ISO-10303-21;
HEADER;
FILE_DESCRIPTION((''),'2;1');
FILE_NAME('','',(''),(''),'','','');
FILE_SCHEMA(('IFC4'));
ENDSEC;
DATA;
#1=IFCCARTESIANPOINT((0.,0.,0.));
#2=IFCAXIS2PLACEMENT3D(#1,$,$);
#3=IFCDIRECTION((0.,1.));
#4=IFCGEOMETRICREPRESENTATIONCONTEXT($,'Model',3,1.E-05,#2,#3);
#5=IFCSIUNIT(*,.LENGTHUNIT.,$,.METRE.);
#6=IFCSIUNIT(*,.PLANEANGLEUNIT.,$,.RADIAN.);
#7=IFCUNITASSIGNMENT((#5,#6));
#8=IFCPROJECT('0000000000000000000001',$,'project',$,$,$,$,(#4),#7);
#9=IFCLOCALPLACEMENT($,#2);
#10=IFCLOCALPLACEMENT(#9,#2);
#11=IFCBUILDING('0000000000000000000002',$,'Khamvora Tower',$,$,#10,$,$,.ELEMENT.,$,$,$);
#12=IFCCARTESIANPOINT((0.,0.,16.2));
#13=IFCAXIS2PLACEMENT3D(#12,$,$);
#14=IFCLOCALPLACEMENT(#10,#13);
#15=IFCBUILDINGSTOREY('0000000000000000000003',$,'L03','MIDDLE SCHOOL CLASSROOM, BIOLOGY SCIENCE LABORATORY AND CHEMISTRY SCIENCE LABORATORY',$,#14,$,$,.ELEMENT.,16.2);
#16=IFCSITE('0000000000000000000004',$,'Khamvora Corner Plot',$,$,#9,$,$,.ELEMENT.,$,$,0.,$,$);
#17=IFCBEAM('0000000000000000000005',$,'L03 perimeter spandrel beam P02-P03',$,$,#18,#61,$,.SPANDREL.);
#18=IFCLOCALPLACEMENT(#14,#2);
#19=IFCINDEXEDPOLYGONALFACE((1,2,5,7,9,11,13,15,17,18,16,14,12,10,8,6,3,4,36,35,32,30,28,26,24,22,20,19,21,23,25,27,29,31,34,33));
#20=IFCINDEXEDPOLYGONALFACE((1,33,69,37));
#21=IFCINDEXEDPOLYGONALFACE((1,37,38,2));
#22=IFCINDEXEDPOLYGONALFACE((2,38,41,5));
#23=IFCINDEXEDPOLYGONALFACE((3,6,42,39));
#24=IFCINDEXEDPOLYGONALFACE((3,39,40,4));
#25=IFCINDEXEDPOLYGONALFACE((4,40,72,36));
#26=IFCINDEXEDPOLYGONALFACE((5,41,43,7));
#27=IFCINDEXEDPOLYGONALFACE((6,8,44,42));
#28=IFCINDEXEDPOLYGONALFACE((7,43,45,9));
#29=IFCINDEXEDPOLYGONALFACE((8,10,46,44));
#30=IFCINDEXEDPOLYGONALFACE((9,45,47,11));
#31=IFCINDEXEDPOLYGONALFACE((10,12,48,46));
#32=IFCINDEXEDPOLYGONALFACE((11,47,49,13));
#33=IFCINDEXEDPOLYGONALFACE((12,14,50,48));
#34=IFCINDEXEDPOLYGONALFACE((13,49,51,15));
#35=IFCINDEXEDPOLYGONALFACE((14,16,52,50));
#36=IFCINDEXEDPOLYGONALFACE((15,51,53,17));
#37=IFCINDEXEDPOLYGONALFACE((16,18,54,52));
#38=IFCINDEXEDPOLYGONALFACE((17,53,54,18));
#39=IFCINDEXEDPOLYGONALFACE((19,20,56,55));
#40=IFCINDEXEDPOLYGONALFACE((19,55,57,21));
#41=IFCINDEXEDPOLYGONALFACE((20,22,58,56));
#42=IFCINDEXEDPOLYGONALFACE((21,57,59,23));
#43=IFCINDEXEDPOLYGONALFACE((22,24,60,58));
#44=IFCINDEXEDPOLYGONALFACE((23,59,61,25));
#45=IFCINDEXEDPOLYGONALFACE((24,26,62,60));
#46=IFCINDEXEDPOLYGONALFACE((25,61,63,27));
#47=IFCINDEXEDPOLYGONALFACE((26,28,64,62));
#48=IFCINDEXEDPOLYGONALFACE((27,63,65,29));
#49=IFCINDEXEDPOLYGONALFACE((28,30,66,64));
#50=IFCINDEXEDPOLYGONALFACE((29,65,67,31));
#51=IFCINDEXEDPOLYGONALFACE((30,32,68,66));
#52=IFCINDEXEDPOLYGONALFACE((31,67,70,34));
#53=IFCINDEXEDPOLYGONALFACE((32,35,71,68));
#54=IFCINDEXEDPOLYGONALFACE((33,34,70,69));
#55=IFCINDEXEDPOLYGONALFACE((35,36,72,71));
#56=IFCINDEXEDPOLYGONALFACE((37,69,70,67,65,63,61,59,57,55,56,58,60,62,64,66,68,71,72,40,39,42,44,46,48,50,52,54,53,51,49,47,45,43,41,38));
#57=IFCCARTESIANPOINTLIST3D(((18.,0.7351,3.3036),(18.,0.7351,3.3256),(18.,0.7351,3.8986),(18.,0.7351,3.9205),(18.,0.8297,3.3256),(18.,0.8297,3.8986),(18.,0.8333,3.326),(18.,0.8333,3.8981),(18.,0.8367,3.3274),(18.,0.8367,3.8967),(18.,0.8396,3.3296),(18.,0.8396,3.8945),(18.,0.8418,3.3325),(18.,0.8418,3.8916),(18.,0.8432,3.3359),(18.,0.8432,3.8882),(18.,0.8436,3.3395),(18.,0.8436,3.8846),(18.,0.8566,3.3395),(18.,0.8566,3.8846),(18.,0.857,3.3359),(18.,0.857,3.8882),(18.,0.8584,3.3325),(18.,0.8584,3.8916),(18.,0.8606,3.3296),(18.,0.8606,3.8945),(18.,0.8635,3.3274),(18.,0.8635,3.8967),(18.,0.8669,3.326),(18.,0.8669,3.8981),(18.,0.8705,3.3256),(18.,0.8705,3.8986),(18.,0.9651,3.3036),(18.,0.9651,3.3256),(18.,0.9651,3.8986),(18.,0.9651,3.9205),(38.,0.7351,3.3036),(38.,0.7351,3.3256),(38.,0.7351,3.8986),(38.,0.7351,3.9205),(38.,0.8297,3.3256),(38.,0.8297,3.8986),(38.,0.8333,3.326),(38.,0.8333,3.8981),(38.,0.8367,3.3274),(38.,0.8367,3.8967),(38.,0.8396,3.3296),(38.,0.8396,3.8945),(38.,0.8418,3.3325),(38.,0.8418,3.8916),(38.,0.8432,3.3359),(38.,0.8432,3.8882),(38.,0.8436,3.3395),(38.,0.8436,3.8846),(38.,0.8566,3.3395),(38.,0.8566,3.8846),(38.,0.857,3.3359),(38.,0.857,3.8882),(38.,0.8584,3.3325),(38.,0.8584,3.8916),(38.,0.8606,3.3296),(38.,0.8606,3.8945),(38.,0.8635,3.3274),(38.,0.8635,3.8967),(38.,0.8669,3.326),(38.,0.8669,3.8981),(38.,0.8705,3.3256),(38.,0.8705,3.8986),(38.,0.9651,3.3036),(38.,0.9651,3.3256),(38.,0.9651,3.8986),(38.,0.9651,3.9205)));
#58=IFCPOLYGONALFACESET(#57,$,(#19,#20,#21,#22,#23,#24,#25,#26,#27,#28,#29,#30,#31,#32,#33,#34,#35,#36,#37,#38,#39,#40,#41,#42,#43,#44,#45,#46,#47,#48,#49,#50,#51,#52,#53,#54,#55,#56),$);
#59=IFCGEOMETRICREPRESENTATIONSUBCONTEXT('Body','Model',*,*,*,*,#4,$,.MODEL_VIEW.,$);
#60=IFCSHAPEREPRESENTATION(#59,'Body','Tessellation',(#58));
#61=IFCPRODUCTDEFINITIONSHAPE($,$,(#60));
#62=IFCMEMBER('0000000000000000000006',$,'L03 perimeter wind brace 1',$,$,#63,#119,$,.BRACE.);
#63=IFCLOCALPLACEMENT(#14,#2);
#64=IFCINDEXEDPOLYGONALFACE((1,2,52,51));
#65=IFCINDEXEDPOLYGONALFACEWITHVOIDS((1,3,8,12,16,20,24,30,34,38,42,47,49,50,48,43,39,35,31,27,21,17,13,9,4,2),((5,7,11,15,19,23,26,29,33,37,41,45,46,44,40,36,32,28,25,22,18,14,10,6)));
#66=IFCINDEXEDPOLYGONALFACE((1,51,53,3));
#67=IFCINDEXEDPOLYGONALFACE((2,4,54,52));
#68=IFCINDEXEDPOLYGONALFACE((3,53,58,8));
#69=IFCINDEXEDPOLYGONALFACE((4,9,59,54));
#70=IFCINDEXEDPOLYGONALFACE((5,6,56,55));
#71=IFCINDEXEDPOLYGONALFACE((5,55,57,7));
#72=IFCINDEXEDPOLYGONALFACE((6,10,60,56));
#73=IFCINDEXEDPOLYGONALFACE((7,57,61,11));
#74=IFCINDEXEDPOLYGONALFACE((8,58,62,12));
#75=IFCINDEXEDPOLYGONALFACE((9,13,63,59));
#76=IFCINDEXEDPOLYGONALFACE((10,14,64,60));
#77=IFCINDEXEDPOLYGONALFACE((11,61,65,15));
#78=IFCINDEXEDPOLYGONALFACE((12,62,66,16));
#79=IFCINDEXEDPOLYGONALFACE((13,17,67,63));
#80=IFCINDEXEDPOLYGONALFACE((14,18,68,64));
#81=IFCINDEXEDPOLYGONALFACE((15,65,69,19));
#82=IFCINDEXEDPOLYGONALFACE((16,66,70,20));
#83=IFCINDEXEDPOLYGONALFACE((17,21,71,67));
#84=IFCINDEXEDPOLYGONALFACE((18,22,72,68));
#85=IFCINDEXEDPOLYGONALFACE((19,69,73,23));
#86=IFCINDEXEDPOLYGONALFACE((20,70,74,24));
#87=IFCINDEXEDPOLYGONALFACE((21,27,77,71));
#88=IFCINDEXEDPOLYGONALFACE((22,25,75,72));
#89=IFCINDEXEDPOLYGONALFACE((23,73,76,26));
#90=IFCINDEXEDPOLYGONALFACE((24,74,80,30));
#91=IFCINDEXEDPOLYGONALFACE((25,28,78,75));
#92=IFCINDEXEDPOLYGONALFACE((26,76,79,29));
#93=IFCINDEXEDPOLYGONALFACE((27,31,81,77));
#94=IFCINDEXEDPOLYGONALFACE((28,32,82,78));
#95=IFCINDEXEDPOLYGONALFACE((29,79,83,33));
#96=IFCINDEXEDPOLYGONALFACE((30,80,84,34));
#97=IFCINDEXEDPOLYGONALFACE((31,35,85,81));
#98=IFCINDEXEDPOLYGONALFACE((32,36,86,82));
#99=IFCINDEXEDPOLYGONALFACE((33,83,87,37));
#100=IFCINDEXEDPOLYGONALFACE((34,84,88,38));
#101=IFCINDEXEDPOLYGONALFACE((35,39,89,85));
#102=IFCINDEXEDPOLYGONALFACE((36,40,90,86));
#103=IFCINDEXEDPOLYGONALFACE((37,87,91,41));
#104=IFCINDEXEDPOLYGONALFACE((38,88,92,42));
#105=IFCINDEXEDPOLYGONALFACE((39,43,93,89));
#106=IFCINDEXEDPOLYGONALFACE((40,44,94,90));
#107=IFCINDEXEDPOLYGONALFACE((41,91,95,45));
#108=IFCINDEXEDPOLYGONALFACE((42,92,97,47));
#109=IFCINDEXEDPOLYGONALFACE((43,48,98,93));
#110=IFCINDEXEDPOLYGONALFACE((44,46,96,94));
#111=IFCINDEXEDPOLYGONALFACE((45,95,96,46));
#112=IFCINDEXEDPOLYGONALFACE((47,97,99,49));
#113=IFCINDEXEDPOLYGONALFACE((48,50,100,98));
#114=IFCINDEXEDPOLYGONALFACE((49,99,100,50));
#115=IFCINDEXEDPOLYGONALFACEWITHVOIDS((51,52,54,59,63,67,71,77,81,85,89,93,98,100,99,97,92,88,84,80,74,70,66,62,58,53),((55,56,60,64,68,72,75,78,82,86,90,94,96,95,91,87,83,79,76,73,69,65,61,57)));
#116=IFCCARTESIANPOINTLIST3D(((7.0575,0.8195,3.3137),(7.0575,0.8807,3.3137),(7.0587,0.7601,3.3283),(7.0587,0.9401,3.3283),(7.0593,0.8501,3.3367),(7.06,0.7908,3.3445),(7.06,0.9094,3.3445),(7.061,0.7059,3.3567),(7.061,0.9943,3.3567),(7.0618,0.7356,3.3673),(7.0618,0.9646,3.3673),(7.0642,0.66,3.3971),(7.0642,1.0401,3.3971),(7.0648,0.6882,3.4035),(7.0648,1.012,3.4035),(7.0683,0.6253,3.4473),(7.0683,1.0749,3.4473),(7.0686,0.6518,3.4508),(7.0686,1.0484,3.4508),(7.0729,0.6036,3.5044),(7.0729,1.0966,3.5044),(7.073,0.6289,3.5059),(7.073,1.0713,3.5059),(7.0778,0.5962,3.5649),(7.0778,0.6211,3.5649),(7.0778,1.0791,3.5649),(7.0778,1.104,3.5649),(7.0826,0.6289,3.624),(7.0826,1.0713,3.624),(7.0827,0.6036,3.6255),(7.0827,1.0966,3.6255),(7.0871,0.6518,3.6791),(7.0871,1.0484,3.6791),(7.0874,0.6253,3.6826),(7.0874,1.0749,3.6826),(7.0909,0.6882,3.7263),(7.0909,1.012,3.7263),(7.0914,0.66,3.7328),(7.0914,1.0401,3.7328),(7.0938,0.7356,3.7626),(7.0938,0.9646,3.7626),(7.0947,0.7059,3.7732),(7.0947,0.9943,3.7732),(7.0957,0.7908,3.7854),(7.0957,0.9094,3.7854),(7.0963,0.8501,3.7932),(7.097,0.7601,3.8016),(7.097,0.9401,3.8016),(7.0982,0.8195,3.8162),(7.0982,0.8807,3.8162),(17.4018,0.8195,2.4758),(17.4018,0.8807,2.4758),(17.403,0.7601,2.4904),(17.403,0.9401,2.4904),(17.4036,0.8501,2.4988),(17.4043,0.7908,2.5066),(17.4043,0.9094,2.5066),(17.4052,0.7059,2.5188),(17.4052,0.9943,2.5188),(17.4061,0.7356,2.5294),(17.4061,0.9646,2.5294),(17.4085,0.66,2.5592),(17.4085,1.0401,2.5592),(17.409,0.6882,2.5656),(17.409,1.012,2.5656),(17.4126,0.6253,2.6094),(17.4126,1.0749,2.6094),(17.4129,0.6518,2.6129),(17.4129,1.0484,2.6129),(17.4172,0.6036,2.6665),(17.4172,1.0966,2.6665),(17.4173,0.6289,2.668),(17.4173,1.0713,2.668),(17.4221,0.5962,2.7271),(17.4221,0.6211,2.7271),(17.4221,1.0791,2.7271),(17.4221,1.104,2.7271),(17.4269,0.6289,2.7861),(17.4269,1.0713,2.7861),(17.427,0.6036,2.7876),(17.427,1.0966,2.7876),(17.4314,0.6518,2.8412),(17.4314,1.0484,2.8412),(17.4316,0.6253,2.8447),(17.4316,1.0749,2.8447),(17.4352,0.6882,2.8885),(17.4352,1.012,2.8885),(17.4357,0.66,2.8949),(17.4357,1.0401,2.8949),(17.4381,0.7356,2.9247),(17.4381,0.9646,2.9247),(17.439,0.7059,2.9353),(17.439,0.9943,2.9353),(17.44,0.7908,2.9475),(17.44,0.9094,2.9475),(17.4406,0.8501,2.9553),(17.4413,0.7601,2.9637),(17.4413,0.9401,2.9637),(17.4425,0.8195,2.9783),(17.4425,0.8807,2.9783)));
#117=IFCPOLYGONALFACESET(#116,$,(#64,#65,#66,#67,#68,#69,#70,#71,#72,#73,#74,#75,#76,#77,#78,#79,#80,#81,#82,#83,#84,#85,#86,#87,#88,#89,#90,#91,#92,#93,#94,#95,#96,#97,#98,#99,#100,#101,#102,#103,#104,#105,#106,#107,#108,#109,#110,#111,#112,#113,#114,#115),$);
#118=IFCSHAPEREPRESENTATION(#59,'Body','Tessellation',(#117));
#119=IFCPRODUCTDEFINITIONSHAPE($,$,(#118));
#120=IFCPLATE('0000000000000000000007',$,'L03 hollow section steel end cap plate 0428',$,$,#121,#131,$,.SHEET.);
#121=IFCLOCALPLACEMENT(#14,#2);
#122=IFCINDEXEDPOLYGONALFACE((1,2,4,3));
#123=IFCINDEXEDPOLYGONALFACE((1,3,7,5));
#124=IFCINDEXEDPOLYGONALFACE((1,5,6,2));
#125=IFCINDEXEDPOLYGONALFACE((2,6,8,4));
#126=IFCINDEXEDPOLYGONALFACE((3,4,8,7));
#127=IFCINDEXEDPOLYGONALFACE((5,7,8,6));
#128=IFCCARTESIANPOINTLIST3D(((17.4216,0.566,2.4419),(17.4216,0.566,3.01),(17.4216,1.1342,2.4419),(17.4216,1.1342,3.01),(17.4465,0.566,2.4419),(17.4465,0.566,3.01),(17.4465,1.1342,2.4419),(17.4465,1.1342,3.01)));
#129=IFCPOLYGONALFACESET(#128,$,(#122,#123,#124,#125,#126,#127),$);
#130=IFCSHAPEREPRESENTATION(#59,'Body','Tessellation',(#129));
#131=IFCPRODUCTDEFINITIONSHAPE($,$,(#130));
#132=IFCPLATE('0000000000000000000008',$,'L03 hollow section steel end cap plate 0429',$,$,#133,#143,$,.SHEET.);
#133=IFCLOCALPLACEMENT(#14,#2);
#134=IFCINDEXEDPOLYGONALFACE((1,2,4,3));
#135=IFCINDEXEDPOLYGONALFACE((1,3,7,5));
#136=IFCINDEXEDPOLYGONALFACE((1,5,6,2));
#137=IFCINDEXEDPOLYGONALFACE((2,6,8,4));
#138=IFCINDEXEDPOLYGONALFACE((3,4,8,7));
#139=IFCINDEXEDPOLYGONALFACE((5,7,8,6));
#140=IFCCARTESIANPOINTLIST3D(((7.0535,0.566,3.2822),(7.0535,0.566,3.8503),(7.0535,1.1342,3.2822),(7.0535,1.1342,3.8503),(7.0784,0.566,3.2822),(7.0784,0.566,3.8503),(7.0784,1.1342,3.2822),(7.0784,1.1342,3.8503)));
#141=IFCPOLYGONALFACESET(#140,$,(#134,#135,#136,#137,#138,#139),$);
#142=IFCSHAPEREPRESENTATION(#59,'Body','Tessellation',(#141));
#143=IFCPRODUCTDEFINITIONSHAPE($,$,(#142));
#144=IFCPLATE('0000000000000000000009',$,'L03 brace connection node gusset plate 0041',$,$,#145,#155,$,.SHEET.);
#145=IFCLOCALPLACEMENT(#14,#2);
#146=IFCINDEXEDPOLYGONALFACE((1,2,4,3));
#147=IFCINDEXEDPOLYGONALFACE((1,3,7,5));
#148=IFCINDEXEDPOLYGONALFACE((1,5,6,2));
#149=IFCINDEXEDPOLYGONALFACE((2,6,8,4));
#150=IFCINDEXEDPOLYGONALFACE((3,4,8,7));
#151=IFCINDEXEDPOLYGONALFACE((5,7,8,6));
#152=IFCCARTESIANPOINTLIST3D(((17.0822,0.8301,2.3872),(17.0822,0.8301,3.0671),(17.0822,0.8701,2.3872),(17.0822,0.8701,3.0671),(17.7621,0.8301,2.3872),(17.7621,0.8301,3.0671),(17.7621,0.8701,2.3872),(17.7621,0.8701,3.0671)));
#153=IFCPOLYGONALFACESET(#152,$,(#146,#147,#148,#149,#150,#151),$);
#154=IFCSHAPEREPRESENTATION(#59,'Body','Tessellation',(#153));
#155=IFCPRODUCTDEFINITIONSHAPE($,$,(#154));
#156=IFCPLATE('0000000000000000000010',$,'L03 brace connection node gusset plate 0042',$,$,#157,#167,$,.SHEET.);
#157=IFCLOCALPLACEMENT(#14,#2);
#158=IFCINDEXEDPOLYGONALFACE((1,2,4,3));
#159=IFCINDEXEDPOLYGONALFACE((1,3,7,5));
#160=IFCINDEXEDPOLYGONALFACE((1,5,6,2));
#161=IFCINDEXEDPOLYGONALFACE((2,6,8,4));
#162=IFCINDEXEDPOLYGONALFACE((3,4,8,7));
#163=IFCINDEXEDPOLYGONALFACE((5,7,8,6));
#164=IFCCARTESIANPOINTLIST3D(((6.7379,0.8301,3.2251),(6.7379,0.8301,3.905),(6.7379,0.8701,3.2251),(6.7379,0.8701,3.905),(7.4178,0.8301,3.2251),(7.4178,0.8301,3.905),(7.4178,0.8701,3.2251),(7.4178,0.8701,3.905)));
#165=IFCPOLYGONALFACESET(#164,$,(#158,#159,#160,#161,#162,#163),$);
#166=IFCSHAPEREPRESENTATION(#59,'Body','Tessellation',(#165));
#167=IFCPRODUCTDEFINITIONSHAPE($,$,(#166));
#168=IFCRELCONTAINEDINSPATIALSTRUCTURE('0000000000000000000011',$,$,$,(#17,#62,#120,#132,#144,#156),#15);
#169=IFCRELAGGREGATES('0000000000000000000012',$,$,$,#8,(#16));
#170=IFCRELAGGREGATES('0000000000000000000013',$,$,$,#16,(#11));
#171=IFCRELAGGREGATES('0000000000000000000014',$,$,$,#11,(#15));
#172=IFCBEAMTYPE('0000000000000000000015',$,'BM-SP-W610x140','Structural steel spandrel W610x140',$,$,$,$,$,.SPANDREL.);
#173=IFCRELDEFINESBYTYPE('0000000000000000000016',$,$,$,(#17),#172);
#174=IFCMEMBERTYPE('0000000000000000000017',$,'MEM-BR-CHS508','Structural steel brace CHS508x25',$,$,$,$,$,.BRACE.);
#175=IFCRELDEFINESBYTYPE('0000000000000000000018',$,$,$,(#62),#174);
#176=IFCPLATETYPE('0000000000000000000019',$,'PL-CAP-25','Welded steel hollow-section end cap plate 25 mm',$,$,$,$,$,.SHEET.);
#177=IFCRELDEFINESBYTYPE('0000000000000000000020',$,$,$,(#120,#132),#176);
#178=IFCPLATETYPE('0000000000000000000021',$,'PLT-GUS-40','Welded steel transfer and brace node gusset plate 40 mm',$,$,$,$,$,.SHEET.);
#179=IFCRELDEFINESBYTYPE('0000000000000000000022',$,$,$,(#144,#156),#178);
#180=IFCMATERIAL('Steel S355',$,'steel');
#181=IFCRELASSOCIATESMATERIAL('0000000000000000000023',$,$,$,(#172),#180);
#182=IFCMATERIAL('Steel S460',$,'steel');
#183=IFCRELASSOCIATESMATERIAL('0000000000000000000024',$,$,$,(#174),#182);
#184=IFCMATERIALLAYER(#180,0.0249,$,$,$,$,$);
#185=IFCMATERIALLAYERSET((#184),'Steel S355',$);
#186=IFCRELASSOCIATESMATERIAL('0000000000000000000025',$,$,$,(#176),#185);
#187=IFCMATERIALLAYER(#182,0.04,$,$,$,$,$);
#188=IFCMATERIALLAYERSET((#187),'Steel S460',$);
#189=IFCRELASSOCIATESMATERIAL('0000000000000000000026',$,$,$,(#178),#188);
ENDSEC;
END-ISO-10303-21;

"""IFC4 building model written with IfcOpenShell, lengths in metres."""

from ifc_helpers import new_model, si_unit, direction, frame, origin, origin_2d, place, context, subcontext, project, spatial, rectangle, hollow_circle, i_section, extrude, material, layer, layer_set, material_profile, profile_set, type_object, element, save


model = new_model("IFC4")

# Units and contexts
model_context = context("Model", 3, precision=1e-05, world=origin(), true_north=direction((0.0, 1.0)))
body_context = subcontext(model_context, "Body", "Model", "MODEL_VIEW")
ifc_project = project(units=[si_unit("LENGTHUNIT", "METRE"), si_unit("PLANEANGLEUNIT", "RADIAN")], contexts=[model_context])

# Site, building, storey
site_placement = place(None, origin())
site = spatial("IfcSite", under=ifc_project, at=site_placement, Name="Khamvora Corner Plot", CompositionType="ELEMENT", RefElevation=0.0)
building_placement = place(site_placement, origin())
building = spatial("IfcBuilding", under=site, at=building_placement, Name="Khamvora Tower", CompositionType="ELEMENT")
storey_placement = place(building_placement, frame((0.0, 0.0, 16.2)))
storey = spatial("IfcBuildingStorey", under=building, at=storey_placement, Name="L03", Description="MIDDLE SCHOOL CLASSROOM, BIOLOGY SCIENCE LABORATORY AND CHEMISTRY SCIENCE LABORATORY", CompositionType="ELEMENT", Elevation=16.2)

# Shared definitions
ifc_material_1 = material(Name="Steel S460", Category="steel")

# Beam
ifc_material_2 = material(Name="Steel S355", Category="steel")
ifc_material_profile_1 = material_profile(ifc_material_2, i_section(OverallWidth=0.23, OverallDepth=0.6169, WebThickness=0.0129, FlangeThickness=0.022, FilletRadius=0.0139, at=origin_2d()), Name="W610x140")
ifc_profile_set_1 = profile_set([ifc_material_profile_1], Name="Steel S355")
beam_type_1 = type_object("IfcBeamType", Name="BM-SP-W610x140", Description="Structural steel spandrel W610x140", PredefinedType="SPANDREL", material=ifc_profile_set_1)
beam_1_placement = place(storey_placement, frame((18.0, 0.8501, 3.6121), z_axis=(1.0, 0.0, 0.0), x_axis=(0.0, 1.0, 0.0)))
element("IfcBeam", 1, at=beam_1_placement, inside=storey, type_object=beam_type_1, Name="L03 perimeter spandrel beam P02-P03", PredefinedType="SPANDREL", context=body_context, shape_type="SweptSolid", body=[
    extrude(i_section(OverallWidth=0.23, OverallDepth=0.6169, WebThickness=0.0129, FlangeThickness=0.022, FilletRadius=0.0139, at=origin_2d()), origin(), (0.0, 0.0, 1.0), 20.0),
])

# Member
ifc_material_profile_2 = material_profile(ifc_material_1, hollow_circle(Radius=0.2539, WallThickness=0.0249, at=origin_2d()), Name="CHS508x25")
ifc_profile_set_2 = profile_set([ifc_material_profile_2], Name="Steel S460")
member_type = type_object("IfcMemberType", Name="MEM-BR-CHS508", Description="Structural steel brace CHS508x25", PredefinedType="BRACE", material=ifc_profile_set_2)
member_placement = place(storey_placement, frame((17.4221, 0.8501, 2.7271), z_axis=(-0.996735, 0.0, 0.080736), x_axis=(0.0, -1.0, 0.0)))
element("IfcMember", 2, at=member_placement, inside=storey, type_object=member_type, Name="L03 perimeter wind brace 1", PredefinedType="BRACE", context=body_context, shape_type="SweptSolid", body=[
    extrude(hollow_circle(Radius=0.2539, WallThickness=0.0249, at=origin_2d()), origin(), (0.0, 0.0, 1.0), 10.3782),
])

# Plates
ifc_layer_1 = layer(ifc_material_2, 0.0249)
ifc_layer_set_1 = layer_set([ifc_layer_1], Name="Steel S355")
plate_type_1 = type_object("IfcPlateType", Name="PL-CAP-25", Description="Welded steel hollow-section end cap plate 25 mm", PredefinedType="SHEET", material=ifc_layer_set_1)
for number, where, z_axis, x_axis, name in (
    (3, (17.4341, 0.8501, 2.4419), (0.0, 0.0, 1.0), (-1.0, 0.0, 0.0), "L03 hollow section steel end cap plate 0428"),
    (4, (7.0659, 0.8501, 3.2822), (0.0, 0.0, 1.0), (-1.0, 0.0, 0.0), "L03 hollow section steel end cap plate 0429"),
):
    element("IfcPlate", number, at=place(storey_placement, frame(where, z_axis=z_axis, x_axis=x_axis)), inside=storey, type_object=plate_type_1, Name=name, PredefinedType="SHEET", context=body_context, shape_type="SweptSolid", body=[
        extrude(rectangle(XDim=0.0249, YDim=0.5681, at=origin_2d()), origin(), (0.0, 0.0, 1.0), 0.5681),
    ])
ifc_layer_2 = layer(ifc_material_1, 0.04)
ifc_layer_set_2 = layer_set([ifc_layer_2], Name="Steel S460")
plate_type_2 = type_object("IfcPlateType", Name="PLT-GUS-40", Description="Welded steel transfer and brace node gusset plate 40 mm", PredefinedType="SHEET", material=ifc_layer_set_2)
for number, where, z_axis, x_axis, name in (
    (5, (17.4221, 0.8501, 2.3872), (0.0, 0.0, 1.0), (1.0, 0.0, 0.0), "L03 brace connection node gusset plate 0041"),
    (6, (7.0779, 0.8501, 3.2251), (0.0, 0.0, 1.0), (1.0, 0.0, 0.0), "L03 brace connection node gusset plate 0042"),
):
    element("IfcPlate", number, at=place(storey_placement, frame(where, z_axis=z_axis, x_axis=x_axis)), inside=storey, type_object=plate_type_2, Name=name, PredefinedType="SHEET", context=body_context, shape_type="SweptSolid", body=[
        extrude(rectangle(XDim=0.6799, YDim=0.04, at=origin_2d()), origin(), (0.0, 0.0, 1.0), 0.6799),
    ])

save(model, "model.ifc")
